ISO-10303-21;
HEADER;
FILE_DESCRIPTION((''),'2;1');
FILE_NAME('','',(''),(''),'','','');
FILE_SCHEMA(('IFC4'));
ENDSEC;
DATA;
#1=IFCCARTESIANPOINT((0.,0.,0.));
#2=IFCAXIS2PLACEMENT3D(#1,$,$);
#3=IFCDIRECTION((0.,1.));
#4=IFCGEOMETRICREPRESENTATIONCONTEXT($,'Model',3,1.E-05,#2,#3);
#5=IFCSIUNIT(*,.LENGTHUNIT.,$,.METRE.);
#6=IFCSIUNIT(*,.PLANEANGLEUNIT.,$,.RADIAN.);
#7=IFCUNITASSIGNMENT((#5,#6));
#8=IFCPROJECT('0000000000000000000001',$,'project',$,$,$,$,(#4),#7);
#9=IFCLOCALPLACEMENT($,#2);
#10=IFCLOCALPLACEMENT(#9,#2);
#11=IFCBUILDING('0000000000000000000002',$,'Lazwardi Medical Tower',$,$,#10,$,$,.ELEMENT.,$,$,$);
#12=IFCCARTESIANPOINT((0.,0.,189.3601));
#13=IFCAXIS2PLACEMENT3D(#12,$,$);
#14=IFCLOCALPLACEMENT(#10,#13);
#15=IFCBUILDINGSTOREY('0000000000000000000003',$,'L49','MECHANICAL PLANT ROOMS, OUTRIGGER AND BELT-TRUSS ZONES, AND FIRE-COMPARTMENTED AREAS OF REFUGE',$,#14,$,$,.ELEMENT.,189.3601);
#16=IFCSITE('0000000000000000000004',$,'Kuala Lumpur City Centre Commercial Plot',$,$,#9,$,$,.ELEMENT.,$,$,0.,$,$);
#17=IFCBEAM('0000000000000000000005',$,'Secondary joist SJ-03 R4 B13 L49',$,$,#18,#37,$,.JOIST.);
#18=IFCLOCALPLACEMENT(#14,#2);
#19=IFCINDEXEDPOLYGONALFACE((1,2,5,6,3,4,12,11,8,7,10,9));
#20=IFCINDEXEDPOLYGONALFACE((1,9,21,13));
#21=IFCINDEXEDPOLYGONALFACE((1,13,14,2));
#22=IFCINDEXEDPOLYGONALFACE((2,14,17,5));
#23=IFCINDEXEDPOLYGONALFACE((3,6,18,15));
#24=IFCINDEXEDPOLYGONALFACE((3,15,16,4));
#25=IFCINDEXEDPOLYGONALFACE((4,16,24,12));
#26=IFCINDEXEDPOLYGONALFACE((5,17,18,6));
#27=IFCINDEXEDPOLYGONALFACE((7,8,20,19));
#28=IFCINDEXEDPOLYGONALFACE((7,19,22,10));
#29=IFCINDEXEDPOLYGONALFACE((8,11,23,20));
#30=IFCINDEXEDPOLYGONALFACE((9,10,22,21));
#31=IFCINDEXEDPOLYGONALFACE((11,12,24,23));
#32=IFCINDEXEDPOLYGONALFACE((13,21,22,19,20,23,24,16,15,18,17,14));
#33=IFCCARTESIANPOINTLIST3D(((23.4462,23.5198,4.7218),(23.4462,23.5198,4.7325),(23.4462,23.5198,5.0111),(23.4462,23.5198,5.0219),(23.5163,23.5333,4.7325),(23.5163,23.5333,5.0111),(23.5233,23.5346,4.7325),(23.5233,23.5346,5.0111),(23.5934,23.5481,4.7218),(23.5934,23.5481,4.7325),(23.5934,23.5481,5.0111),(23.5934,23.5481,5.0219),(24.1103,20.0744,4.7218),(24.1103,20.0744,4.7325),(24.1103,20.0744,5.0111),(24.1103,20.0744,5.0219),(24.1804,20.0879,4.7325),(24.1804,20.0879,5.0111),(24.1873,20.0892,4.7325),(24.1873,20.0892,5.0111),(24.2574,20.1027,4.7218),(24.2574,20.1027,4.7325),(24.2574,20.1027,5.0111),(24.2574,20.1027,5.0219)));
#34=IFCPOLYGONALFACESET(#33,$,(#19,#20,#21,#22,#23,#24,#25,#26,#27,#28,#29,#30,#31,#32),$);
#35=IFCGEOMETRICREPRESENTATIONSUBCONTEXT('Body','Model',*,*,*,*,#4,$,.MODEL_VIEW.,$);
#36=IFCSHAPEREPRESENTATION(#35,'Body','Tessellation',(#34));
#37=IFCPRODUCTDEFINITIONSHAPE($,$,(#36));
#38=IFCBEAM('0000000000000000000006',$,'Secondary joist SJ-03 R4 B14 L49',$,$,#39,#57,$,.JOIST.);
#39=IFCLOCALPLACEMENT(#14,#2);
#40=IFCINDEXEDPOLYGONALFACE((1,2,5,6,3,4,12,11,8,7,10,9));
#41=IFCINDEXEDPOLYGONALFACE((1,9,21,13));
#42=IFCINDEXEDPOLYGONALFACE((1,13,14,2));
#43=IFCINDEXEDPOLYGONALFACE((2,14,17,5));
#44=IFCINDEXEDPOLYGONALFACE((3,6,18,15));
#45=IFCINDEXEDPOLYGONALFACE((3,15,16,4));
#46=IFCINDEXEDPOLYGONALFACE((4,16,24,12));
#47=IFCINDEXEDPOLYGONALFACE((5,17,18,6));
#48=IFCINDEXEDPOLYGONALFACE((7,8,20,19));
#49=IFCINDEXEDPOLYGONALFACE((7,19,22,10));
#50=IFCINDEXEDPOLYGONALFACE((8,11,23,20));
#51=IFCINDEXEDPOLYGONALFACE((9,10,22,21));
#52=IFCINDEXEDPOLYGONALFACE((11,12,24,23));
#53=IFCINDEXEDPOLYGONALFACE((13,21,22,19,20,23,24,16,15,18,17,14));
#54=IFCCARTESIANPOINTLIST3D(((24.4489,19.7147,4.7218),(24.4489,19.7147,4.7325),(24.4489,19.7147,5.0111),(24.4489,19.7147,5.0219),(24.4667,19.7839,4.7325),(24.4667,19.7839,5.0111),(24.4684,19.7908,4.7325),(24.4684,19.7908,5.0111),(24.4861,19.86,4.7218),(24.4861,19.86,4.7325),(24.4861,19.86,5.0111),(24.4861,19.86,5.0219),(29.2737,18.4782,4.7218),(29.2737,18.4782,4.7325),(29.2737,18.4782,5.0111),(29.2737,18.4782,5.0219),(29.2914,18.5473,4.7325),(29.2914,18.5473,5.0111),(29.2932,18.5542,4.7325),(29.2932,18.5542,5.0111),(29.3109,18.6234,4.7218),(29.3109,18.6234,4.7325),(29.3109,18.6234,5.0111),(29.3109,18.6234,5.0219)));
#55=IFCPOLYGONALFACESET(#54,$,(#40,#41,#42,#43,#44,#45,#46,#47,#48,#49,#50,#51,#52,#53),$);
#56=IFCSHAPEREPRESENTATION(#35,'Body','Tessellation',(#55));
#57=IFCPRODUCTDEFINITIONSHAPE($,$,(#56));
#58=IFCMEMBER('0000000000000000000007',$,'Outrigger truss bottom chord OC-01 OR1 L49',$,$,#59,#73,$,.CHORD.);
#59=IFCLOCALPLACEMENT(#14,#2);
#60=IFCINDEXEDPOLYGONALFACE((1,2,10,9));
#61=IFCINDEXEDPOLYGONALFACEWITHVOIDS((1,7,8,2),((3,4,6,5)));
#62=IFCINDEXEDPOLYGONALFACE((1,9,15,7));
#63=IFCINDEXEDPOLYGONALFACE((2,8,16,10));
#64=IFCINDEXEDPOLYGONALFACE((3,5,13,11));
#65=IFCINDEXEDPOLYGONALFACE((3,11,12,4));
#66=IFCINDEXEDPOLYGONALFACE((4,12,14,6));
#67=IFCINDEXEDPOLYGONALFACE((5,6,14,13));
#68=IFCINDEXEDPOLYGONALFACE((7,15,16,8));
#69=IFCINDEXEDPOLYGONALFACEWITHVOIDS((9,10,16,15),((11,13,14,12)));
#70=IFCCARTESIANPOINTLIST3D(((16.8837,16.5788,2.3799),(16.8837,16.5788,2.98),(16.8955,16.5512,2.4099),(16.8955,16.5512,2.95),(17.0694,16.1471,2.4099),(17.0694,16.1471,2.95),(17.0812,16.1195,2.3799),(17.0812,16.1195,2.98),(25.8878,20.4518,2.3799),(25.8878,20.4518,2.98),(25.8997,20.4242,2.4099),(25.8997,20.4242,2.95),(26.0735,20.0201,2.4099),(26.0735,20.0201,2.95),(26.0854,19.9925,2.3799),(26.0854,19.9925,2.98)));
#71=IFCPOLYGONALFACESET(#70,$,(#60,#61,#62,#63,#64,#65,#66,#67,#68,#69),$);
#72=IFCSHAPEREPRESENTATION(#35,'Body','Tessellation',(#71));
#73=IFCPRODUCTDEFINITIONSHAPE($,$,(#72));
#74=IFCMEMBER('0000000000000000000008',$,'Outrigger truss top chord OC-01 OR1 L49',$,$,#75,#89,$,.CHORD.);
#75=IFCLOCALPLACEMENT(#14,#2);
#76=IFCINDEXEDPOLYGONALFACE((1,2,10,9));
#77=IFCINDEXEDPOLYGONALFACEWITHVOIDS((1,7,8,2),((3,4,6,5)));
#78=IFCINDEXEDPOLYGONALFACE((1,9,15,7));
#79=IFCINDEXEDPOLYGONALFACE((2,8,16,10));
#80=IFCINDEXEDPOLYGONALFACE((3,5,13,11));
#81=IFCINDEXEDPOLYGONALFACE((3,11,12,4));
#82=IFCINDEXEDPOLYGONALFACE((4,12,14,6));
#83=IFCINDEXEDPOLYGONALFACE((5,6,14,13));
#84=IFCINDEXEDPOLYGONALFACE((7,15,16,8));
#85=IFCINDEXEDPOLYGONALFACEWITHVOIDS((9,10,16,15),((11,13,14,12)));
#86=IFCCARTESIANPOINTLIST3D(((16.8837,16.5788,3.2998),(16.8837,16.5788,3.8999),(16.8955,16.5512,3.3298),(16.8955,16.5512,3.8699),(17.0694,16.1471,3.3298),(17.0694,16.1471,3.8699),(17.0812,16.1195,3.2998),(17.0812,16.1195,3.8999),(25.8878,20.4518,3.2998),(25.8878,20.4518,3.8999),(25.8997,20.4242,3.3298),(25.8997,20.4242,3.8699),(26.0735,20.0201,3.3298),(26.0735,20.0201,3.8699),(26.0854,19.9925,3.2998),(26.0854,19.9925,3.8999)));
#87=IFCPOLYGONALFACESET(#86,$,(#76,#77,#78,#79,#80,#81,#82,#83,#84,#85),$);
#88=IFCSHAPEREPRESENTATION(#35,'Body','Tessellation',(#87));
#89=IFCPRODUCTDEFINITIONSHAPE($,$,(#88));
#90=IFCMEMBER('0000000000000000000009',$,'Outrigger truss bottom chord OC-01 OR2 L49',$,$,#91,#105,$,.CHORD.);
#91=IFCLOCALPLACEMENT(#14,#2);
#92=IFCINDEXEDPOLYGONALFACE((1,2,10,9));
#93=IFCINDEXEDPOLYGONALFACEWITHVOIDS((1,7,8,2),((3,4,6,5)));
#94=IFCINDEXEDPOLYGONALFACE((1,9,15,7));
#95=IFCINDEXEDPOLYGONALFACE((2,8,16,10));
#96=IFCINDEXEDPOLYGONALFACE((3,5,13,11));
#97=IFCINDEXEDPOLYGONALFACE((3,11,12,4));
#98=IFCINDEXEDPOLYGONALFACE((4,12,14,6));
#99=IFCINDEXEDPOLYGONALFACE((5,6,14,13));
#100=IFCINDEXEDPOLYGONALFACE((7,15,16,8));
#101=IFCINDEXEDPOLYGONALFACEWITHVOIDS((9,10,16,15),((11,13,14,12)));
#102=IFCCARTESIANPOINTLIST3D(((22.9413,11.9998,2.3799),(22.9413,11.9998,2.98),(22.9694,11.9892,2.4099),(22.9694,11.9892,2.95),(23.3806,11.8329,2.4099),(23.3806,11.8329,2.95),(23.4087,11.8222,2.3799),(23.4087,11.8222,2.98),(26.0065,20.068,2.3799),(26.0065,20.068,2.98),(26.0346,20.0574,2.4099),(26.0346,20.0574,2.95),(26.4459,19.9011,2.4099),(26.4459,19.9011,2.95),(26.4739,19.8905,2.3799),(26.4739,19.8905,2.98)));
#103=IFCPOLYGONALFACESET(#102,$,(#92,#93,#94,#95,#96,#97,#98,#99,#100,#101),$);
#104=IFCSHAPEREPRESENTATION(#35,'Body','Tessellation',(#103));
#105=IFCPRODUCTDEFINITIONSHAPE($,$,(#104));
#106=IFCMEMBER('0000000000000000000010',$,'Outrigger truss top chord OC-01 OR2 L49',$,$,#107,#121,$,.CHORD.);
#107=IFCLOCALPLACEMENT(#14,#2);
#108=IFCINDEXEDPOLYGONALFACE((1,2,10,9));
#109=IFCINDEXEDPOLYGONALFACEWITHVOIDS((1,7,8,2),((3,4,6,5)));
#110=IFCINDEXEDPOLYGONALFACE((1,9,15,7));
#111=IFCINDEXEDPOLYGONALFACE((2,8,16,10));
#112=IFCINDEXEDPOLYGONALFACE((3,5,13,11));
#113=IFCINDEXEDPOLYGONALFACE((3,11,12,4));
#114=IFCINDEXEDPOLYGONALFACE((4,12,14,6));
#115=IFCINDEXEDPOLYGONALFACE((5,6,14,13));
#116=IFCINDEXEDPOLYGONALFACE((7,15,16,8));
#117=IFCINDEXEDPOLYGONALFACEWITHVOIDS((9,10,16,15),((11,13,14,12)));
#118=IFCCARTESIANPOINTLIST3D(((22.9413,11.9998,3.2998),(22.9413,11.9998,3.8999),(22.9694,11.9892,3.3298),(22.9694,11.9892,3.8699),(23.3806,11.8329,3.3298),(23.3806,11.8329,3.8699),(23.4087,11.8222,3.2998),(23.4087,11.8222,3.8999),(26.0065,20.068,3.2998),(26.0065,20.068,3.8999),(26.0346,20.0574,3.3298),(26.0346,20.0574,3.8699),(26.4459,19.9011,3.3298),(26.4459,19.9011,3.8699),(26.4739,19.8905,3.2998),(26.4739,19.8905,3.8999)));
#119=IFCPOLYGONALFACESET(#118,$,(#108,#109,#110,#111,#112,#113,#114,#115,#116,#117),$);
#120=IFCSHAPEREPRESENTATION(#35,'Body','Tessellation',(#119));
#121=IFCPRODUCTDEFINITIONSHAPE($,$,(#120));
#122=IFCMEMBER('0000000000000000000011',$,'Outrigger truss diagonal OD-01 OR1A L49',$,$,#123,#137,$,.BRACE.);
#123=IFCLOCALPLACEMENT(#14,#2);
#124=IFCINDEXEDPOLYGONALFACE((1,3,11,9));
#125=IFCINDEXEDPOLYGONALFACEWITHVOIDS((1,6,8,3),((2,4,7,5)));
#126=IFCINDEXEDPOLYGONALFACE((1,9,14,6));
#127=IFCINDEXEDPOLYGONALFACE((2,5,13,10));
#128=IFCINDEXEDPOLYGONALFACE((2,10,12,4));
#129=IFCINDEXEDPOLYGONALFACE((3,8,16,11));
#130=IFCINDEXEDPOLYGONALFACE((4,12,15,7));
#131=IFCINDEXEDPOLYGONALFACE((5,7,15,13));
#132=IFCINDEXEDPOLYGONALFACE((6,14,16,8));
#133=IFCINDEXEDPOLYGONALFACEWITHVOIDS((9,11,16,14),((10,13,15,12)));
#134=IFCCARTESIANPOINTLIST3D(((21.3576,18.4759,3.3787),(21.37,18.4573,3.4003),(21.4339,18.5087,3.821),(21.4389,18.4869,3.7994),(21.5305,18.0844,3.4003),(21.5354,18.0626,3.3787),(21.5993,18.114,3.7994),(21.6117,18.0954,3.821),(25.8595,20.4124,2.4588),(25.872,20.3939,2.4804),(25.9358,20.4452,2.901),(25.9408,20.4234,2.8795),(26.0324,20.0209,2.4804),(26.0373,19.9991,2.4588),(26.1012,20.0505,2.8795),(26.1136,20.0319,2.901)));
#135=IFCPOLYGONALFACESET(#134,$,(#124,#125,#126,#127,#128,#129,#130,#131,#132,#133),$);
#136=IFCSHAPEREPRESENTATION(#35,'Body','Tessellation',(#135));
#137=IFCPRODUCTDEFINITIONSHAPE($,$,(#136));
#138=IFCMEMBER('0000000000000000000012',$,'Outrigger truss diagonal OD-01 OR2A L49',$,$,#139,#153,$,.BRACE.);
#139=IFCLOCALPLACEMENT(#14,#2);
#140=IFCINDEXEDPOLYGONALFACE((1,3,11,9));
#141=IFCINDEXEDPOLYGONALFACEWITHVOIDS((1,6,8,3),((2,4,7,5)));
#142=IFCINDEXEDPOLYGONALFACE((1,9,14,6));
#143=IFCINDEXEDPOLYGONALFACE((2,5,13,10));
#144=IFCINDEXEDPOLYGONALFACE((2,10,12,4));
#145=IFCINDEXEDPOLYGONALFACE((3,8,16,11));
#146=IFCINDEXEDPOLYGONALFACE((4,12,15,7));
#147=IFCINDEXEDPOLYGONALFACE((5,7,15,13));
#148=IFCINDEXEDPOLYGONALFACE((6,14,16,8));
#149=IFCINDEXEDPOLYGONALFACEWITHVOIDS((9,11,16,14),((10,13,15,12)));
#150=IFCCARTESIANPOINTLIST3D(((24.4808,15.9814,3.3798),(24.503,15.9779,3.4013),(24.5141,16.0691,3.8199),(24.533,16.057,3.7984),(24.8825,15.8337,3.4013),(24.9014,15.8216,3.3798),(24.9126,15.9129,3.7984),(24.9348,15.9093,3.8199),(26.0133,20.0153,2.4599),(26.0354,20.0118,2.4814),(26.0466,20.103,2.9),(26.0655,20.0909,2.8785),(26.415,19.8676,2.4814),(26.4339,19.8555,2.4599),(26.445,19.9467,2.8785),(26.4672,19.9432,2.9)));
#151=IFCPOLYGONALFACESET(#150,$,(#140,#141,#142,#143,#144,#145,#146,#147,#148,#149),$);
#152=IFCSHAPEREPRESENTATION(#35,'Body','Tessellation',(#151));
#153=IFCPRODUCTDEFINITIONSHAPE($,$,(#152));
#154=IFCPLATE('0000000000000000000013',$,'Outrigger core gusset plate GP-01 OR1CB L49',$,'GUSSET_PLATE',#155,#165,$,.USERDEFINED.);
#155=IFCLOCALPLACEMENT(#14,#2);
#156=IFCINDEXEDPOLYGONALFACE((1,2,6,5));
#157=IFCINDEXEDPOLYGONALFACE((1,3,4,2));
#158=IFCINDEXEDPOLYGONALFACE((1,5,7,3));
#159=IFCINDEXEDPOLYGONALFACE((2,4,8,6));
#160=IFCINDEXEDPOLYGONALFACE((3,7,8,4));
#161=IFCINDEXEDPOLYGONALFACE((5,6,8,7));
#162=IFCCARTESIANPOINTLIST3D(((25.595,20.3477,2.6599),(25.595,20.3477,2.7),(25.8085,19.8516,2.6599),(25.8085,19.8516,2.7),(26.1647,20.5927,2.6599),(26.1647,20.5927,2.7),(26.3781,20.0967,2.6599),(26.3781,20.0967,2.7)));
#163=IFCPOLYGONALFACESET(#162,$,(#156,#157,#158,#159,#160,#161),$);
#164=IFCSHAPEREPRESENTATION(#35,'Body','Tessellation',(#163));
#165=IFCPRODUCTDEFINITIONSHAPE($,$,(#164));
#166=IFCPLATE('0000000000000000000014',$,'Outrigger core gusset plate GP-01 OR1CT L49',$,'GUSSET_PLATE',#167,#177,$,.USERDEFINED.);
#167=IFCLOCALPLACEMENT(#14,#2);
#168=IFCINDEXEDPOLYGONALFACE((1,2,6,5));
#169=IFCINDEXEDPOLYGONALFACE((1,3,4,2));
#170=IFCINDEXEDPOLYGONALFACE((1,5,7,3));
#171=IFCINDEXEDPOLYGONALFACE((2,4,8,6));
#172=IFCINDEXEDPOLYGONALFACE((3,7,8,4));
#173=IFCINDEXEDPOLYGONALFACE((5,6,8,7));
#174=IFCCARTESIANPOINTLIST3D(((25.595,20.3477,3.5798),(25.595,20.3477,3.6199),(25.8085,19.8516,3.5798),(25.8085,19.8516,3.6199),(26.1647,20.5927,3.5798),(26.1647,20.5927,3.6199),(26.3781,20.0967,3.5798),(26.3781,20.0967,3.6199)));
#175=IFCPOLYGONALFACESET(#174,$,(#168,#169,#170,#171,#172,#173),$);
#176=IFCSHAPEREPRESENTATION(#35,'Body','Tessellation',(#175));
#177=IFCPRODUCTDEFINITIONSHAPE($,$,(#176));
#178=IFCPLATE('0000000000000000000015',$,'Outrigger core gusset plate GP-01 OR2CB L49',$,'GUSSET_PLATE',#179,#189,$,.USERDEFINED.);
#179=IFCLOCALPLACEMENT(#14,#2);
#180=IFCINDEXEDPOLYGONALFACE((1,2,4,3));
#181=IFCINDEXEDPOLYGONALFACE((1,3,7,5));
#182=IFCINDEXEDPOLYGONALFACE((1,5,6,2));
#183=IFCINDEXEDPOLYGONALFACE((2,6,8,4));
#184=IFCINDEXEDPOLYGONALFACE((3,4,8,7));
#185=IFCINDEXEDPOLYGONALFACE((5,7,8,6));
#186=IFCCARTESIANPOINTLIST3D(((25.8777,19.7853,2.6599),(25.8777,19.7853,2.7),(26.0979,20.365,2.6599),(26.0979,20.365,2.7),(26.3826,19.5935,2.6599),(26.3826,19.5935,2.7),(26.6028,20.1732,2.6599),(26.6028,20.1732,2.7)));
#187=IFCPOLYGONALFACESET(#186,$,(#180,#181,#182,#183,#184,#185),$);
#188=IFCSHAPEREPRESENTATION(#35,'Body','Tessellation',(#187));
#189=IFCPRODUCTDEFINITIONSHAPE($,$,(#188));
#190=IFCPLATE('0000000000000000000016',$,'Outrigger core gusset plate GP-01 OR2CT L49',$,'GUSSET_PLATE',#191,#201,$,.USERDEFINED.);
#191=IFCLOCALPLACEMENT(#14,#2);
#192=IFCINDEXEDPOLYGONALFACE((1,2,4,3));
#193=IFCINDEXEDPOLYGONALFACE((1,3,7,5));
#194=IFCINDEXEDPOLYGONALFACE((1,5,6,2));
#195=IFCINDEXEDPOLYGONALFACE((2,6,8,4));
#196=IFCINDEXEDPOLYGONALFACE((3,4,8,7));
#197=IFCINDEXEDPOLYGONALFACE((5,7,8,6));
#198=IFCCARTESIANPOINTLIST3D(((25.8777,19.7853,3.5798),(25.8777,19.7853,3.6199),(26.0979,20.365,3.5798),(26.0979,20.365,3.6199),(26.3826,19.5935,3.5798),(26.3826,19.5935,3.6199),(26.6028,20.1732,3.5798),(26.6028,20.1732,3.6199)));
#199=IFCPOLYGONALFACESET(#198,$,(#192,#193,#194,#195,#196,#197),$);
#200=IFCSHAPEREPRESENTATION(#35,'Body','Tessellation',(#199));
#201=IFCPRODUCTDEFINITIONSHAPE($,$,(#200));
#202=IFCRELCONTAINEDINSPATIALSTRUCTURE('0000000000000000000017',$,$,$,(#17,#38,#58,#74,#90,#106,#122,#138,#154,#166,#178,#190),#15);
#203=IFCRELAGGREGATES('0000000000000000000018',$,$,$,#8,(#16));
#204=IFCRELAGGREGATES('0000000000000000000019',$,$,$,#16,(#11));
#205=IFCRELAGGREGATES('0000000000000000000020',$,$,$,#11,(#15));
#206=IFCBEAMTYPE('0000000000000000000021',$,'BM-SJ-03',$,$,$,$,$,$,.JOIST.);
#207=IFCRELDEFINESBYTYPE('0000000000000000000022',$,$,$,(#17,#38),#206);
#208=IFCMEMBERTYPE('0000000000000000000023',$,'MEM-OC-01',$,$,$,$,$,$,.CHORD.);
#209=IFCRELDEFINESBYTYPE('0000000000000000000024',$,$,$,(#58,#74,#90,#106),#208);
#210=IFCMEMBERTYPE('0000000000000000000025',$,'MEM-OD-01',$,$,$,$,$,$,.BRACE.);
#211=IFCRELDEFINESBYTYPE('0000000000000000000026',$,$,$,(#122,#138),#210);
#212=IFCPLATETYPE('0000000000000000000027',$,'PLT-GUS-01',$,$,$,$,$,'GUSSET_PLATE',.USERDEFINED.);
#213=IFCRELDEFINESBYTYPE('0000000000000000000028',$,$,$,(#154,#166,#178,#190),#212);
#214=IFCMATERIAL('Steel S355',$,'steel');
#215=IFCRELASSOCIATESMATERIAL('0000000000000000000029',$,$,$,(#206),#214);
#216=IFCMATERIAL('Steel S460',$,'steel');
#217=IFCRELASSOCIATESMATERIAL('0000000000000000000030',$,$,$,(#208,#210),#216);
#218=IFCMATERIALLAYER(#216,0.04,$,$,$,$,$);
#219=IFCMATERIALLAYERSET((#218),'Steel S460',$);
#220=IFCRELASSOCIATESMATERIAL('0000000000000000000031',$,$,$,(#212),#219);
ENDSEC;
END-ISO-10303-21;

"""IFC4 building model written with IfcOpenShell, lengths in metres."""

from ifc_helpers import new_model, si_unit, direction, frame, origin, origin_2d, place, context, subcontext, project, spatial, rectangle, hollow_rectangle, i_section, extrude, material, layer, layer_set, material_profile, profile_set, type_object, element, save


model = new_model("IFC4")

# Units and contexts
model_context = context("Model", 3, precision=1e-05, world=origin(), true_north=direction((0.0, 1.0)))
body_context = subcontext(model_context, "Body", "Model", "MODEL_VIEW")
ifc_project = project(units=[si_unit("LENGTHUNIT", "METRE"), si_unit("PLANEANGLEUNIT", "RADIAN")], contexts=[model_context])

# Site, building, storey
site_placement = place(None, origin())
site = spatial("IfcSite", under=ifc_project, at=site_placement, Name="Kuala Lumpur City Centre Commercial Plot", CompositionType="ELEMENT", RefElevation=0.0)
building_placement = place(site_placement, origin())
building = spatial("IfcBuilding", under=site, at=building_placement, Name="Lazwardi Medical Tower", CompositionType="ELEMENT")
storey_placement = place(building_placement, frame((0.0, 0.0, 189.3601)))
storey = spatial("IfcBuildingStorey", under=building, at=storey_placement, Name="L49", Description="MECHANICAL PLANT ROOMS, OUTRIGGER AND BELT-TRUSS ZONES, AND FIRE-COMPARTMENTED AREAS OF REFUGE", CompositionType="ELEMENT", Elevation=189.3601)

# Beams
ifc_material_1 = material(Name="Steel S355", Category="steel")
ifc_material_profile_1 = material_profile(ifc_material_1, i_section(OverallWidth=0.1499, OverallDepth=0.3, WebThickness=0.0071, FlangeThickness=0.0107, at=origin_2d()), Name="IPE 300")
ifc_profile_set_1 = profile_set([ifc_material_profile_1], Name="Steel S355")
beam_type = type_object("IfcBeamType", Name="BM-SJ-03", PredefinedType="JOIST", material=ifc_profile_set_1)
beam_1_placement = place(storey_placement, frame((23.5198, 23.5339, 4.8718), z_axis=(0.18926, -0.981927, 0.0), x_axis=(0.981927, 0.18926, 0.0)))
element("IfcBeam", 1, at=beam_1_placement, inside=storey, type_object=beam_type, Name="Secondary joist SJ-03 R4 B13 L49", PredefinedType="JOIST", context=body_context, shape_type="SweptSolid", body=[
    extrude(i_section(OverallWidth=0.1499, OverallDepth=0.3, WebThickness=0.0071, FlangeThickness=0.0107, at=origin_2d()), origin(), (0.0, 0.0, 1.0), 3.5088),
])
beam_2_placement = place(storey_placement, frame((24.4675, 19.7874, 4.8718), z_axis=(0.96869, -0.248275, 0.0), x_axis=(0.248275, 0.96869, 0.0)))
element("IfcBeam", 2, at=beam_2_placement, inside=storey, type_object=beam_type, Name="Secondary joist SJ-03 R4 B14 L49", PredefinedType="JOIST", context=body_context, shape_type="SweptSolid", body=[
    extrude(i_section(OverallWidth=0.1499, OverallDepth=0.3, WebThickness=0.0071, FlangeThickness=0.0107, at=origin_2d()), origin(), (0.0, 0.0, 1.0), 4.9807),
])

# Members
ifc_material_2 = material(Name="Steel S460", Category="steel")
ifc_material_profile_2 = material_profile(ifc_material_2, hollow_rectangle(XDim=0.5, YDim=0.6001, WallThickness=0.03, at=origin_2d()), Name="RHS 600x500x30")
ifc_profile_set_2 = profile_set([ifc_material_profile_2], Name="Steel S460")
member_type_1 = type_object("IfcMemberType", Name="MEM-OC-01", PredefinedType="CHORD", material=ifc_profile_set_2)
for number, where, z_axis, x_axis, name in (
    (3, (25.9866, 20.2222, 2.6799), (-0.918622, -0.395136, 0.0), (0.395136, -0.918622, 0.0), "Outrigger truss bottom chord OC-01 OR1 L49"),
    (4, (25.9866, 20.2222, 3.5999), (-0.918622, -0.395136, 0.0), (0.395136, -0.918622, 0.0), "Outrigger truss top chord OC-01 OR1 L49"),
):
    element("IfcMember", number, at=place(storey_placement, frame(where, z_axis=z_axis, x_axis=x_axis)), inside=storey, type_object=member_type_1, Name=name, PredefinedType="CHORD", context=body_context, shape_type="SweptSolid", body=[
        extrude(hollow_rectangle(XDim=0.5, YDim=0.6001, WallThickness=0.03, at=origin_2d()), origin(), (0.0, 0.0, 1.0), 9.8018),
    ])
for number, where, z_axis, x_axis, name in (
    (5, (26.2402, 19.9792, 2.6799), (-0.355147, -0.93481, 0.0), (0.93481, -0.355147, 0.0), "Outrigger truss bottom chord OC-01 OR2 L49"),
    (6, (26.2402, 19.9792, 3.5999), (-0.355147, -0.93481, 0.0), (0.93481, -0.355147, 0.0), "Outrigger truss top chord OC-01 OR2 L49"),
):
    element("IfcMember", number, at=place(storey_placement, frame(where, z_axis=z_axis, x_axis=x_axis)), inside=storey, type_object=member_type_1, Name=name, PredefinedType="CHORD", context=body_context, shape_type="SweptSolid", body=[
        extrude(hollow_rectangle(XDim=0.5, YDim=0.6001, WallThickness=0.03, at=origin_2d()), origin(), (0.0, 0.0, 1.0), 8.6309),
    ])
ifc_material_profile_3 = material_profile(ifc_material_2, hollow_rectangle(XDim=0.45, YDim=0.45, WallThickness=0.022, at=origin_2d()), Name="RHS 450x450x22")
ifc_profile_set_3 = profile_set([ifc_material_profile_3], Name="Steel S460")
member_type_2 = type_object("IfcMemberType", Name="MEM-OD-01", PredefinedType="BRACE", material=ifc_profile_set_3)
member_1_placement = place(storey_placement, frame((25.9866, 20.2222, 2.6799), z_axis=(-0.90285, -0.388363, 0.184487), x_axis=(0.395145, -0.918619, 0.0)))
element("IfcMember", 7, at=member_1_placement, inside=storey, type_object=member_type_2, Name="Outrigger truss diagonal OD-01 OR1A L49", PredefinedType="BRACE", context=body_context, shape_type="SweptSolid", body=[
    extrude(hollow_rectangle(XDim=0.45, YDim=0.45, WallThickness=0.022, at=origin_2d()), origin(), (0.0, 0.0, 1.0), 4.9863),
])
member_2_placement = place(storey_placement, frame((26.2402, 19.9792, 2.6799), z_axis=(-0.347327, -0.914272, 0.208496), x_axis=(0.934816, -0.355132, 0.0)))
element("IfcMember", 8, at=member_2_placement, inside=storey, type_object=member_type_2, Name="Outrigger truss diagonal OD-01 OR2A L49", PredefinedType="BRACE", context=body_context, shape_type="SweptSolid", body=[
    extrude(hollow_rectangle(XDim=0.45, YDim=0.45, WallThickness=0.022, at=origin_2d()), origin(), (0.0, 0.0, 1.0), 4.4121),
])

# Plates
ifc_layer_1 = layer(ifc_material_2, 0.04)
ifc_layer_set_1 = layer_set([ifc_layer_1], Name="Steel S460")
plate_type = type_object("IfcPlateType", Name="PLT-GUS-01", ElementType="GUSSET_PLATE", PredefinedType="USERDEFINED", material=ifc_layer_set_1)
for number, where, z_axis, x_axis, name in (
    (9, (25.9866, 20.2222, 2.6599), (0.0, 0.0, 1.0), (-0.918584, -0.395225, 0.0), "Outrigger core gusset plate GP-01 OR1CB L49"),
    (10, (25.9866, 20.2222, 3.5798), (0.0, 0.0, 1.0), (-0.918584, -0.395225, 0.0), "Outrigger core gusset plate GP-01 OR1CT L49"),
    (11, (26.2402, 19.9792, 2.6599), (0.0, 0.0, 1.0), (-0.355107, -0.934826, 0.0), "Outrigger core gusset plate GP-01 OR2CB L49"),
    (12, (26.2402, 19.9792, 3.5798), (0.0, 0.0, 1.0), (-0.355107, -0.934826, 0.0), "Outrigger core gusset plate GP-01 OR2CT L49"),
):
    element("IfcPlate", number, at=place(storey_placement, frame(where, z_axis=z_axis, x_axis=x_axis)), inside=storey, type_object=plate_type, Name=name, ObjectType="GUSSET_PLATE", PredefinedType="USERDEFINED", context=body_context, shape_type="SweptSolid", body=[
        extrude(rectangle(XDim=0.6201, YDim=0.54, at=origin_2d()), origin(), (0.0, 0.0, 1.0), 0.04),
    ])

save(model, "model.ifc")
